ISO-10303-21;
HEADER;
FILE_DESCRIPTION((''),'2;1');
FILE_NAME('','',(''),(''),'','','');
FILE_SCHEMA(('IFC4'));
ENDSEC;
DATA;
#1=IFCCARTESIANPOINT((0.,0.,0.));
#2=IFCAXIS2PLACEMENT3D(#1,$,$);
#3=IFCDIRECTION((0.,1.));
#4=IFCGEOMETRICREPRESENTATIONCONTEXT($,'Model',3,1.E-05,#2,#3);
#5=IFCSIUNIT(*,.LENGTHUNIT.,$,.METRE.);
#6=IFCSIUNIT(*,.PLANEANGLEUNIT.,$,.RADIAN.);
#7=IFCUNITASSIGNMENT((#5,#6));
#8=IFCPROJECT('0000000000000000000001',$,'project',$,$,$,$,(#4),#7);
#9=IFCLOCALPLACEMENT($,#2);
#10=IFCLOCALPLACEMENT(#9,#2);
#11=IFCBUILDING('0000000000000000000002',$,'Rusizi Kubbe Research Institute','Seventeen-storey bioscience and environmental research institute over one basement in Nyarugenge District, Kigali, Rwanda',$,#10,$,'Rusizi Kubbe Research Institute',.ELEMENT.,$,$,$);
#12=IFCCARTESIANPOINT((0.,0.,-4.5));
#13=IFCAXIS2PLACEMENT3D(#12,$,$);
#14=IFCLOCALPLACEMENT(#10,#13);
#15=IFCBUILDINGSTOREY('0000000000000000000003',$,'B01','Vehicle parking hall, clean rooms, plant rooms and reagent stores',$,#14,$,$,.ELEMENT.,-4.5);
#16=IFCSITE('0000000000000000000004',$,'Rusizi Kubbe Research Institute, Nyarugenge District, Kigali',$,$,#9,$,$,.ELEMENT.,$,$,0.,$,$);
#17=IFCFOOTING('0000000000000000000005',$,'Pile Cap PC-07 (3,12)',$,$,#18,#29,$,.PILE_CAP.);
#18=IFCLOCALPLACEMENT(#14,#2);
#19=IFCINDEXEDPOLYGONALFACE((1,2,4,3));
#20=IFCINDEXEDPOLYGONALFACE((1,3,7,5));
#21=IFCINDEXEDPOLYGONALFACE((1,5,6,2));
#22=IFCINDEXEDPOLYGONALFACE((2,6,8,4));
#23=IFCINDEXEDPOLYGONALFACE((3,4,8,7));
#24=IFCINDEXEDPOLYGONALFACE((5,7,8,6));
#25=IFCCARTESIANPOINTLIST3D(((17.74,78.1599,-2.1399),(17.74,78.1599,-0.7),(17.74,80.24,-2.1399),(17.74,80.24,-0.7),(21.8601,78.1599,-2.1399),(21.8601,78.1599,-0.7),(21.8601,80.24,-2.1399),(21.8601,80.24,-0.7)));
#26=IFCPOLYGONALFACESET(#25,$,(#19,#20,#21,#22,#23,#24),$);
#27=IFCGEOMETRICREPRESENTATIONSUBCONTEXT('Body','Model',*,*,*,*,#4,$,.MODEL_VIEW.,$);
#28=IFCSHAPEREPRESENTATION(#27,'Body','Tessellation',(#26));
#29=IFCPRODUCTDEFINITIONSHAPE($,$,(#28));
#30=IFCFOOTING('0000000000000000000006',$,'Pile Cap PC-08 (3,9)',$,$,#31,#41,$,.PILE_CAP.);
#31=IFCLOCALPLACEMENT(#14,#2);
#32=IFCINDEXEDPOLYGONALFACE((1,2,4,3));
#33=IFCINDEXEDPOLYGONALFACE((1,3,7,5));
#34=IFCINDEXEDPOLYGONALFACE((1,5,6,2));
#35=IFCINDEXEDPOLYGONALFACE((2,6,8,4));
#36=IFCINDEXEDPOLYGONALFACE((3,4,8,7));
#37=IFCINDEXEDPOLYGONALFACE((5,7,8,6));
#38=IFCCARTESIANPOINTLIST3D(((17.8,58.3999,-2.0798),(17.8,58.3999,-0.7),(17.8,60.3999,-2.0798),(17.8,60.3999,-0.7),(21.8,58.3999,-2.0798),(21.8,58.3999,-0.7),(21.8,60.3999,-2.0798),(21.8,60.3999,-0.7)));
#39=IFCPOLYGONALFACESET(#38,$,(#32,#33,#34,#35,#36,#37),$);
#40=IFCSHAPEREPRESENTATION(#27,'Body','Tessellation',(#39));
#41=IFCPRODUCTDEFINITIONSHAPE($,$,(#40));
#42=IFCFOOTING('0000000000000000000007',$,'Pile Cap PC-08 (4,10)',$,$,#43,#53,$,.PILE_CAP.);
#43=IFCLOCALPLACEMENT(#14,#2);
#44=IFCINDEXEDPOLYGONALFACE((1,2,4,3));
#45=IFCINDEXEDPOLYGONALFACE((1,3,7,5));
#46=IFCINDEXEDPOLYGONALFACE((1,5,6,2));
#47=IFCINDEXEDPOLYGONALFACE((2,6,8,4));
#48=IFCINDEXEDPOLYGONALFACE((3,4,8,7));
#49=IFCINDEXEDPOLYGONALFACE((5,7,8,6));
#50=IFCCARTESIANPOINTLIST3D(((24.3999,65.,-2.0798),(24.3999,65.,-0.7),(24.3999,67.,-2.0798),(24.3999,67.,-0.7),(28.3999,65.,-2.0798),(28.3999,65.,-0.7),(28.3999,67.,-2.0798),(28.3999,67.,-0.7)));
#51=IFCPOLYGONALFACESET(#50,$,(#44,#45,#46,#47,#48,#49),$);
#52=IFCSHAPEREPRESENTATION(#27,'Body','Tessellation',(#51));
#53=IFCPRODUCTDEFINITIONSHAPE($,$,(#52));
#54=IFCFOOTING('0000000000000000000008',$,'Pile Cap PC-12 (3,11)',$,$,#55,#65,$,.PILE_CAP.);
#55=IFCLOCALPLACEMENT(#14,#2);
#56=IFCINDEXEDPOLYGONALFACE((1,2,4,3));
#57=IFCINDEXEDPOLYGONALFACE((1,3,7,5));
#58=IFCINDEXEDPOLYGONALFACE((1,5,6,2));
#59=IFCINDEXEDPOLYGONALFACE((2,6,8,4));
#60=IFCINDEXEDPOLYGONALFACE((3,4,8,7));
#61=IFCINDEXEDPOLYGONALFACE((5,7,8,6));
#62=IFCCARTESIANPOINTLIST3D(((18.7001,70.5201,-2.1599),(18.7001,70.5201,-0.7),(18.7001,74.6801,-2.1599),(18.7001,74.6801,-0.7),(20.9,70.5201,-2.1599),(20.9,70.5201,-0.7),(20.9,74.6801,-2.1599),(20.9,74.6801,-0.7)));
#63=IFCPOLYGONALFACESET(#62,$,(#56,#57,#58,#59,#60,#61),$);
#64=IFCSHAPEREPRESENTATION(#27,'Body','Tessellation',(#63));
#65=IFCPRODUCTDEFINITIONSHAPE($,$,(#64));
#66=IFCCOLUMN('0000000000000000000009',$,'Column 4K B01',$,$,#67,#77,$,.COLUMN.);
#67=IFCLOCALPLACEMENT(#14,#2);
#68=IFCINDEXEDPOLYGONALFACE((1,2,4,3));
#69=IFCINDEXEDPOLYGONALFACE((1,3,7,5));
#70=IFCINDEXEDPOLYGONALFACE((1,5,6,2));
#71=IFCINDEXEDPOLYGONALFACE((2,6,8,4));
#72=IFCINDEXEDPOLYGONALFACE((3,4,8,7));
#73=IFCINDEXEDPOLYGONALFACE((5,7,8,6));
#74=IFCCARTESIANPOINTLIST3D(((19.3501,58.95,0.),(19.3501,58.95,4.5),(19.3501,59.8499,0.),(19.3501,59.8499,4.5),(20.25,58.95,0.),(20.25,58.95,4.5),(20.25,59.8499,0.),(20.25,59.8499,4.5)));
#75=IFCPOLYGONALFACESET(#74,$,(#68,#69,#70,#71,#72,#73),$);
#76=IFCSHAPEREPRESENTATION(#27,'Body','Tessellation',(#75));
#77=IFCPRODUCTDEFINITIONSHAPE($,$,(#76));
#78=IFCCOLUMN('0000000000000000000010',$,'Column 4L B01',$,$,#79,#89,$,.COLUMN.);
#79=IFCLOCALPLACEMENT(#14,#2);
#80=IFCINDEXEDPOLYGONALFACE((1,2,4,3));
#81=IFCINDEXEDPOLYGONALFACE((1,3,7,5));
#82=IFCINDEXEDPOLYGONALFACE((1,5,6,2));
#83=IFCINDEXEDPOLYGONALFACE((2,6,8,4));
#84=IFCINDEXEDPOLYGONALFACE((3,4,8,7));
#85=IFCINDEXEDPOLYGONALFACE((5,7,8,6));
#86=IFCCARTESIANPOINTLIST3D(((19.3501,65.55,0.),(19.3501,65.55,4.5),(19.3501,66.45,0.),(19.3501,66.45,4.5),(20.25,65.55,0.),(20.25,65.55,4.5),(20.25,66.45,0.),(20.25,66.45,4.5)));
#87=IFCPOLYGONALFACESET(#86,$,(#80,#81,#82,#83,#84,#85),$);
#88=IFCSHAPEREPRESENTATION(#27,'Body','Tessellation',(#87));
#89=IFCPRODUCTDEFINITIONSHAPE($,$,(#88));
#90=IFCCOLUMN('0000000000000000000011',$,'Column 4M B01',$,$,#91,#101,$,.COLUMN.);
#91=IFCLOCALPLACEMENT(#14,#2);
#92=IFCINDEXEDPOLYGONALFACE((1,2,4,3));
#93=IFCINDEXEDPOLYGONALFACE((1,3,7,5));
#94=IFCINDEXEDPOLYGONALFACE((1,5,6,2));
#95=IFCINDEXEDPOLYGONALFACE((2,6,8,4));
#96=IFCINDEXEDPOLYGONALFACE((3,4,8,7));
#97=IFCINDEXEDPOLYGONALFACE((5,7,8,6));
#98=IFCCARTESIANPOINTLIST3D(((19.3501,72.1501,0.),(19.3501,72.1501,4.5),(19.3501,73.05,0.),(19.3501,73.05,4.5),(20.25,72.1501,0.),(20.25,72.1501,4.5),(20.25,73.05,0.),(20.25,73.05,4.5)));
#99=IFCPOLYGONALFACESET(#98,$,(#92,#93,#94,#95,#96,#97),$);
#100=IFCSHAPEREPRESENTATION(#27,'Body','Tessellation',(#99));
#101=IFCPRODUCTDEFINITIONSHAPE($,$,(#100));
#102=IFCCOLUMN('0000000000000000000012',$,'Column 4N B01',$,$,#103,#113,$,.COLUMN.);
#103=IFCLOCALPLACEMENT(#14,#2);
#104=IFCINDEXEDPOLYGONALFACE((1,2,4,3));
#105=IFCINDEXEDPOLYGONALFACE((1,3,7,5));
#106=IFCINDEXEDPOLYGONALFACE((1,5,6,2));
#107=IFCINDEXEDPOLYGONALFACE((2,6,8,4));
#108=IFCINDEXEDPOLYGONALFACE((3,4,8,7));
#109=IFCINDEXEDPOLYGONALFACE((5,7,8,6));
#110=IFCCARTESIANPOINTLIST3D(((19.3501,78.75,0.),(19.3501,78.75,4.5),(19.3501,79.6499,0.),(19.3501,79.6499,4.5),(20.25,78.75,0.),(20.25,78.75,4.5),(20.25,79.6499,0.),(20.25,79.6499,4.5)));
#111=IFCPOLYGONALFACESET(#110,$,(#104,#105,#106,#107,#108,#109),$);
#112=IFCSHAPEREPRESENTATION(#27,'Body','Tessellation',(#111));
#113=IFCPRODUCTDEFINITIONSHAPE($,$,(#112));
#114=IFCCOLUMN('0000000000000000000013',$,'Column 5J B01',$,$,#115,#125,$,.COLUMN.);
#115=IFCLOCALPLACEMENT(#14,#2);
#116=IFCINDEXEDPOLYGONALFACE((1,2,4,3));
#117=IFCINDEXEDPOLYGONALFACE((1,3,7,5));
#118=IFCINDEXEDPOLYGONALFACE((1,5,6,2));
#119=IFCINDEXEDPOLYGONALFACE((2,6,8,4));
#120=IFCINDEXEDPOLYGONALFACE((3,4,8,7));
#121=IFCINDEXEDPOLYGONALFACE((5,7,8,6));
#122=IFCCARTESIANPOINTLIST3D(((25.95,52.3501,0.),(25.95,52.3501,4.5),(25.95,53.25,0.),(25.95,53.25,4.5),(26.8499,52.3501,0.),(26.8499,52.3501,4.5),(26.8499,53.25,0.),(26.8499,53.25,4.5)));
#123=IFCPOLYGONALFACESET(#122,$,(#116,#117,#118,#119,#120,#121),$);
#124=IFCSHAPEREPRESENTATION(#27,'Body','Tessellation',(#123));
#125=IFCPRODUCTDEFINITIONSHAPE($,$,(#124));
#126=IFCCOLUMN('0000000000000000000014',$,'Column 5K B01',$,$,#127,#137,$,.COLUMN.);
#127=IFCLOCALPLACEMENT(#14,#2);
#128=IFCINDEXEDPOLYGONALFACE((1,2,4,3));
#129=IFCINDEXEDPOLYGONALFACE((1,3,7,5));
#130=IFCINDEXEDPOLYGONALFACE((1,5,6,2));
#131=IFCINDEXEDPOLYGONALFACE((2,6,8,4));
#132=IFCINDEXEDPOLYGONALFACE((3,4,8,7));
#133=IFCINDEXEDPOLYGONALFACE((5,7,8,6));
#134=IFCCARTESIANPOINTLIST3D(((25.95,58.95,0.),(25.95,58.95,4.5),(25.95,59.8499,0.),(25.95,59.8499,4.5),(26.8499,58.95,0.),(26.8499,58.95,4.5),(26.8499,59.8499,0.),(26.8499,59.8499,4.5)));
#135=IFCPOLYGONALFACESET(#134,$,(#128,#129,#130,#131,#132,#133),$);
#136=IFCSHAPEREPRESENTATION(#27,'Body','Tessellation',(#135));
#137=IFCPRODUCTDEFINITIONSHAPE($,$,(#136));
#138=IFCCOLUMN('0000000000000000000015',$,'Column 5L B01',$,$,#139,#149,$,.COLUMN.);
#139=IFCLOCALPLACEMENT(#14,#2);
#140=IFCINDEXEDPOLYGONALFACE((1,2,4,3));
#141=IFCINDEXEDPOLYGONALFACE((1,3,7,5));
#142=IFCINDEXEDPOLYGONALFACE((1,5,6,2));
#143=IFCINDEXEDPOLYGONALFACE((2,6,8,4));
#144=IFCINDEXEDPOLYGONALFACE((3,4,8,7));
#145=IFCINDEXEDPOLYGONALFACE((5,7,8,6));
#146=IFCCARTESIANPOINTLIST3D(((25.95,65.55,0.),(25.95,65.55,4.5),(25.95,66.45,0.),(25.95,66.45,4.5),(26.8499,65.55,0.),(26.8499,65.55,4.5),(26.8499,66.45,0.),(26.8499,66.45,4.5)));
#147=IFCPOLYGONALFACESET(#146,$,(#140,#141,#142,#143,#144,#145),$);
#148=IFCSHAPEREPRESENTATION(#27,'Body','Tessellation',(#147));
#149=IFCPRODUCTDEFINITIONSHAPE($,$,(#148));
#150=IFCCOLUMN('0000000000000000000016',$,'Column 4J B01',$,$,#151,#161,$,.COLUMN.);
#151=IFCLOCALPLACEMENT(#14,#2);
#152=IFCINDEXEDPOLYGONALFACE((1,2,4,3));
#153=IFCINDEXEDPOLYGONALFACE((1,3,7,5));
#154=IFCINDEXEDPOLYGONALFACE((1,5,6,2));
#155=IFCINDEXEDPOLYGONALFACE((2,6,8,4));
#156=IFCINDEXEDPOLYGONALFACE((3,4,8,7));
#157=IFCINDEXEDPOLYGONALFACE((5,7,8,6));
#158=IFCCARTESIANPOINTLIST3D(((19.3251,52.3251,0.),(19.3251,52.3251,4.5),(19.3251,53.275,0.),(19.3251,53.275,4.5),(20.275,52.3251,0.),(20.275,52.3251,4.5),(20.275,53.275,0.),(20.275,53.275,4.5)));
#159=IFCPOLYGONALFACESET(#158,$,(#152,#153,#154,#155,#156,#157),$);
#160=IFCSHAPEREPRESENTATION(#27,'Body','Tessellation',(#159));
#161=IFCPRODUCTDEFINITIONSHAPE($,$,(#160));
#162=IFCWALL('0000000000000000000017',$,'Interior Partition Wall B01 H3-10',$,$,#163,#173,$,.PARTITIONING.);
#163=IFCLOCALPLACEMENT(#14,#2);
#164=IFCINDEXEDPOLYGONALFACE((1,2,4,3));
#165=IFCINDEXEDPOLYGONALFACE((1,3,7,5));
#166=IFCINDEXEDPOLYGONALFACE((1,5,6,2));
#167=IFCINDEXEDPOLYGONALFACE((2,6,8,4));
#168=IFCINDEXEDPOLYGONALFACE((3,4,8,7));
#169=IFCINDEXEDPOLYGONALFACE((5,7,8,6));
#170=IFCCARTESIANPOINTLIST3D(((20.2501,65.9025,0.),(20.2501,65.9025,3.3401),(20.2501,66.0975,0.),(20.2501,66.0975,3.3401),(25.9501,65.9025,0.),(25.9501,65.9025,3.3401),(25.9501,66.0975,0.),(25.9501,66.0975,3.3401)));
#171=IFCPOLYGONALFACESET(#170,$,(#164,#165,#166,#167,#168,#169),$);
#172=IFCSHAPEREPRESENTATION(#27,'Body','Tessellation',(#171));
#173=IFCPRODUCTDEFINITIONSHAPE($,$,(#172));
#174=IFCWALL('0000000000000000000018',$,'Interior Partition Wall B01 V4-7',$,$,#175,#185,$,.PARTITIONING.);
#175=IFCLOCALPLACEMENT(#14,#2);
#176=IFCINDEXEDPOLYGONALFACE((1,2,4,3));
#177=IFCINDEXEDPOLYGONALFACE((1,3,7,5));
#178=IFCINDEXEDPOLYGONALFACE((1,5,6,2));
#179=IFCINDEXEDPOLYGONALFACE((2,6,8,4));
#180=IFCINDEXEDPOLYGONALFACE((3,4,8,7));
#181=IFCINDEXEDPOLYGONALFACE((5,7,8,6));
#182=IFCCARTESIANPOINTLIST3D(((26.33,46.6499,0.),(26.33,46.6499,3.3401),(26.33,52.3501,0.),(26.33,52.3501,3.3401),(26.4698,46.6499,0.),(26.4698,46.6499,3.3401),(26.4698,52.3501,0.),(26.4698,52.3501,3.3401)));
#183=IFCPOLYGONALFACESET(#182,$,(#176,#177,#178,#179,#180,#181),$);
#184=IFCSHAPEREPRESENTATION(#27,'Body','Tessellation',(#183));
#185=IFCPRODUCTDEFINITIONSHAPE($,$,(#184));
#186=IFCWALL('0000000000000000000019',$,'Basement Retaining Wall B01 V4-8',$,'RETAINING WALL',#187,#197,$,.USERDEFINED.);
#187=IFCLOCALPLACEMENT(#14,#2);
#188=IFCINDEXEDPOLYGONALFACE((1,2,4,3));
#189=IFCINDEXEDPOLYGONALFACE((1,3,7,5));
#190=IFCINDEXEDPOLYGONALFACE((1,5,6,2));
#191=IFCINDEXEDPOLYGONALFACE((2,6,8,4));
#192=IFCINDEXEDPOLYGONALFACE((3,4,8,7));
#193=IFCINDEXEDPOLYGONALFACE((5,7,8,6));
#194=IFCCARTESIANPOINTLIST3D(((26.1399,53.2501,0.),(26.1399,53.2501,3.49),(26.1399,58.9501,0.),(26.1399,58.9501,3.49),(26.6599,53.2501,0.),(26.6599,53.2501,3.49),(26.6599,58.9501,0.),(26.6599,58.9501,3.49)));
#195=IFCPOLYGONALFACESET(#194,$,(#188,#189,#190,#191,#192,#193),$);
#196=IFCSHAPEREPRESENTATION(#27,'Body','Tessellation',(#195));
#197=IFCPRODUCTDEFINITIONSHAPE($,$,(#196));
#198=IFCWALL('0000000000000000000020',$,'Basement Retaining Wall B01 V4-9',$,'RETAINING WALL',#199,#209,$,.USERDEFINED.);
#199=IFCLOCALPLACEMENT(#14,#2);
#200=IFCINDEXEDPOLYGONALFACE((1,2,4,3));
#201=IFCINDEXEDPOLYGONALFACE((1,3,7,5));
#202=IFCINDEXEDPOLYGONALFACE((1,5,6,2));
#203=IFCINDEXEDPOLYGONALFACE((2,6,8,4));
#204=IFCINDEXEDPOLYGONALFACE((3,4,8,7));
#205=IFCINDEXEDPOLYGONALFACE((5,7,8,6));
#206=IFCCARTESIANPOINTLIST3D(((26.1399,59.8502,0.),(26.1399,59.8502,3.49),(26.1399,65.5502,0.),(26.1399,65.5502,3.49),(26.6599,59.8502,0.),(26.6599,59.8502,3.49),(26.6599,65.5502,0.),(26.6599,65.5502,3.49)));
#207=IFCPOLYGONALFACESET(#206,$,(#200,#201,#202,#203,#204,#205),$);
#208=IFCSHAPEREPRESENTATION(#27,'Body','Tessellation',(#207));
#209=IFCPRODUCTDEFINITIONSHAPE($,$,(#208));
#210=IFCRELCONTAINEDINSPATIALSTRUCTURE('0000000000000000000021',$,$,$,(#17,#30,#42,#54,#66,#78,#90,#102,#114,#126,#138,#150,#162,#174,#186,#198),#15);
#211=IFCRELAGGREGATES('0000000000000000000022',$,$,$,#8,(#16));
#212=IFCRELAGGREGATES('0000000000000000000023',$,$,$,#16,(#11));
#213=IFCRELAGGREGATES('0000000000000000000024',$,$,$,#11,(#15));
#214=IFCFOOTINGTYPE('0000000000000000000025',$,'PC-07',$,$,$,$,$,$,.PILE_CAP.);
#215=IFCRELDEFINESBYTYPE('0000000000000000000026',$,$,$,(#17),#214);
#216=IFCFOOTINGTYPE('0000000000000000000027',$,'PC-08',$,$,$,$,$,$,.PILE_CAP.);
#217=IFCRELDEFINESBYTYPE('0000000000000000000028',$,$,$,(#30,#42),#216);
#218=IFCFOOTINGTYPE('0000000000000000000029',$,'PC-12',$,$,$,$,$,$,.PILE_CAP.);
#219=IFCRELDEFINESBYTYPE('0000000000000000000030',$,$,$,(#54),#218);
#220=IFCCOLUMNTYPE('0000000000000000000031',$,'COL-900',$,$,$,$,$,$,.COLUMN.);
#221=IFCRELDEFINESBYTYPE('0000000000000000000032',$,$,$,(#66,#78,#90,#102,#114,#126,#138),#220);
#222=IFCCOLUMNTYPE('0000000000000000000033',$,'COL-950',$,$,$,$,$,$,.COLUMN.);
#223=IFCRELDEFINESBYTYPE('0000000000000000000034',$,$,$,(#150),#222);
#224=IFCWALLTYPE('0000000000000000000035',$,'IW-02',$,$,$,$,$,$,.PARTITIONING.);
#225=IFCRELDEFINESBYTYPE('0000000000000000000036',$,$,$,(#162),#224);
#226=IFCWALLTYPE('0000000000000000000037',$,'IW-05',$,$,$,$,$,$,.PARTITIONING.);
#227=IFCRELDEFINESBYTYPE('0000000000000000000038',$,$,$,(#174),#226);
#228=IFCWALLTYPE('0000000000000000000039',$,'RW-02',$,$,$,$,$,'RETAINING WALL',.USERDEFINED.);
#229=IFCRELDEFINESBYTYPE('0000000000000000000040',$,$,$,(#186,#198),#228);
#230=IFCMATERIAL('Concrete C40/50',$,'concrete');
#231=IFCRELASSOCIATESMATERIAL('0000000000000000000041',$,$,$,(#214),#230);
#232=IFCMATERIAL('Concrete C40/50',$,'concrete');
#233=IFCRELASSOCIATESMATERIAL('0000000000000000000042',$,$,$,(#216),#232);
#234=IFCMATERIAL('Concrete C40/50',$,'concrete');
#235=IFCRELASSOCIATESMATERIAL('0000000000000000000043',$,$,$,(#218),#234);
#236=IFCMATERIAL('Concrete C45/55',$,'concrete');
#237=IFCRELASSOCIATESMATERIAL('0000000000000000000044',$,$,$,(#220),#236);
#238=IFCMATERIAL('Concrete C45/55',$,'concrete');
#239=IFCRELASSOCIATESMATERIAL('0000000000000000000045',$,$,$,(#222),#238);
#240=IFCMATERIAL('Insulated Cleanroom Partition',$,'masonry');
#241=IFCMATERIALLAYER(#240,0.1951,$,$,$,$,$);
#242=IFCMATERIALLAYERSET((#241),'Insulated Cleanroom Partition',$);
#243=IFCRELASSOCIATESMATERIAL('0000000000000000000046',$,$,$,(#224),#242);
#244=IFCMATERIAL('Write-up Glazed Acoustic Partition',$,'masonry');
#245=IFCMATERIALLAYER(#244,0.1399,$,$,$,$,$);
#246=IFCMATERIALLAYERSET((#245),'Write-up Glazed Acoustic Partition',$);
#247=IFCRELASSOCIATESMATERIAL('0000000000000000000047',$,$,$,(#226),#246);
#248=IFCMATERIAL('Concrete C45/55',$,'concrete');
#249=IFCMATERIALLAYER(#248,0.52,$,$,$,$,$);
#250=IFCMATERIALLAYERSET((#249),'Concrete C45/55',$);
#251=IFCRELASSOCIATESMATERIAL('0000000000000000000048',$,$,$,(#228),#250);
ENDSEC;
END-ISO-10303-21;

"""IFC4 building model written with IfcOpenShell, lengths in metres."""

from ifc_helpers import new_model, si_unit, direction, frame, frame_2d, origin, origin_2d, place, context, subcontext, project, spatial, rectangle, extrude, material, layer, layer_set, material_profile, profile_set, type_object, element, save


model = new_model("IFC4")

# Units and contexts
model_context = context("Model", 3, precision=1e-05, world=origin(), true_north=direction((0.0, 1.0)))
body_context = subcontext(model_context, "Body", "Model", "MODEL_VIEW")
ifc_project = project(units=[si_unit("LENGTHUNIT", "METRE"), si_unit("PLANEANGLEUNIT", "RADIAN")], contexts=[model_context])

# Site, building, storey
site_placement = place(None, origin())
site = spatial("IfcSite", under=ifc_project, at=site_placement, Name="Rusizi Kubbe Research Institute, Nyarugenge District, Kigali", CompositionType="ELEMENT", RefElevation=0.0)
building_placement = place(site_placement, origin())
building = spatial("IfcBuilding", under=site, at=building_placement, Name="Rusizi Kubbe Research Institute", Description="Seventeen-storey bioscience and environmental research institute over one basement in Nyarugenge District, Kigali, Rwanda", LongName="Rusizi Kubbe Research Institute", CompositionType="ELEMENT")
storey_placement = place(building_placement, frame((0.0, 0.0, -4.5)))
storey = spatial("IfcBuildingStorey", under=building, at=storey_placement, Name="B01", Description="Vehicle parking hall, clean rooms, plant rooms and reagent stores", CompositionType="ELEMENT", Elevation=-4.5)

# Footings
ifc_material_1 = material(Name="Concrete C40/50", Category="concrete")
footing_type_1 = type_object("IfcFootingType", Name="PC-07", PredefinedType="PILE_CAP", material=ifc_material_1)
footing_1_placement = place(storey_placement, frame((19.8, 79.2, -2.1399), z_axis=(0.0, 0.0, 1.0), x_axis=(1.0, 0.0, 0.0)))
element("IfcFooting", 1, at=footing_1_placement, inside=storey, type_object=footing_type_1, Name="Pile Cap PC-07 (3,12)", PredefinedType="PILE_CAP", context=body_context, shape_type="SweptSolid", body=[
    extrude(rectangle(XDim=4.1201, YDim=2.0801, at=origin_2d()), origin(), (0.0, 0.0, 1.0), 1.4399),
])
ifc_material_2 = material(Name="Concrete C40/50", Category="concrete")
footing_type_2 = type_object("IfcFootingType", Name="PC-08", PredefinedType="PILE_CAP", material=ifc_material_2)
for number, where, z_axis, x_axis, name in (
    (2, (19.8, 59.3999, -2.0798), (0.0, 0.0, 1.0), (1.0, 0.0, 0.0), "Pile Cap PC-08 (3,9)"),
    (3, (26.3999, 66.0, -2.0798), (0.0, 0.0, 1.0), (1.0, 0.0, 0.0), "Pile Cap PC-08 (4,10)"),
):
    element("IfcFooting", number, at=place(storey_placement, frame(where, z_axis=z_axis, x_axis=x_axis)), inside=storey, type_object=footing_type_2, Name=name, PredefinedType="PILE_CAP", context=body_context, shape_type="SweptSolid", body=[
        extrude(rectangle(XDim=4.0, YDim=2.0, at=origin_2d()), origin(), (0.0, 0.0, 1.0), 1.3799),
    ])
ifc_material_3 = material(Name="Concrete C40/50", Category="concrete")
footing_type_3 = type_object("IfcFootingType", Name="PC-12", PredefinedType="PILE_CAP", material=ifc_material_3)
footing_2_placement = place(storey_placement, frame((19.8, 72.6001, -2.1599), z_axis=(0.0, 0.0, 1.0), x_axis=(1.0, 0.0, 0.0)))
element("IfcFooting", 4, at=footing_2_placement, inside=storey, type_object=footing_type_3, Name="Pile Cap PC-12 (3,11)", PredefinedType="PILE_CAP", context=body_context, shape_type="SweptSolid", body=[
    extrude(rectangle(XDim=2.2, YDim=4.1599, at=origin_2d()), origin(), (0.0, 0.0, 1.0), 1.46),
])

# Columns
ifc_material_4 = material(Name="Concrete C45/55", Category="concrete")
ifc_material_profile_1 = material_profile(ifc_material_4, rectangle(XDim=0.8999, YDim=0.8999, at=origin_2d()), Name="RC900x900")
ifc_profile_set_1 = profile_set([ifc_material_profile_1], Name="Concrete C45/55")
column_type_1 = type_object("IfcColumnType", Name="COL-900", PredefinedType="COLUMN", material=ifc_profile_set_1)
for number, where, z_axis, x_axis, name in (
    (5, (19.8, 59.3999, 0.0), (0.0, 0.0, 1.0), (1.0, 0.0, 0.0), "Column 4K B01"),
    (6, (19.8, 66.0, 0.0), (0.0, 0.0, 1.0), (1.0, 0.0, 0.0), "Column 4L B01"),
    (7, (19.8, 72.6001, 0.0), (0.0, 0.0, 1.0), (1.0, 0.0, 0.0), "Column 4M B01"),
    (8, (19.8, 79.2, 0.0), (0.0, 0.0, 1.0), (1.0, 0.0, 0.0), "Column 4N B01"),
    (9, (26.3999, 52.8, 0.0), (0.0, 0.0, 1.0), (1.0, 0.0, 0.0), "Column 5J B01"),
    (10, (26.3999, 59.3999, 0.0), (0.0, 0.0, 1.0), (1.0, 0.0, 0.0), "Column 5K B01"),
    (11, (26.3999, 66.0, 0.0), (0.0, 0.0, 1.0), (1.0, 0.0, 0.0), "Column 5L B01"),
):
    element("IfcColumn", number, at=place(storey_placement, frame(where, z_axis=z_axis, x_axis=x_axis)), inside=storey, type_object=column_type_1, Name=name, PredefinedType="COLUMN", context=body_context, shape_type="SweptSolid", body=[
        extrude(rectangle(XDim=0.8999, YDim=0.8999, at=origin_2d()), origin(), (0.0, 0.0, 1.0), 4.5),
    ])
ifc_material_5 = material(Name="Concrete C45/55", Category="concrete")
ifc_material_profile_2 = material_profile(ifc_material_5, rectangle(XDim=0.95, YDim=0.95, at=origin_2d()), Name="RC950x950")
ifc_profile_set_2 = profile_set([ifc_material_profile_2], Name="Concrete C45/55")
column_type_2 = type_object("IfcColumnType", Name="COL-950", PredefinedType="COLUMN", material=ifc_profile_set_2)
column_placement = place(storey_placement, frame((19.8, 52.8, 0.0), z_axis=(0.0, 0.0, 1.0), x_axis=(1.0, 0.0, 0.0)))
element("IfcColumn", 12, at=column_placement, inside=storey, type_object=column_type_2, Name="Column 4J B01", PredefinedType="COLUMN", context=body_context, shape_type="SweptSolid", body=[
    extrude(rectangle(XDim=0.95, YDim=0.95, at=origin_2d()), origin(), (0.0, 0.0, 1.0), 4.5),
])

# Walls
ifc_material_6 = material(Name="Insulated Cleanroom Partition", Category="masonry")
ifc_layer_1 = layer(ifc_material_6, 0.1951)
ifc_layer_set_1 = layer_set([ifc_layer_1], Name="Insulated Cleanroom Partition")
wall_type_1 = type_object("IfcWallType", Name="IW-02", PredefinedType="PARTITIONING", material=ifc_layer_set_1)
wall_1_placement = place(storey_placement, frame((20.25, 66.0, 0.0), z_axis=(0.0, 0.0, 1.0), x_axis=(1.0, 0.0, 0.0)))
element("IfcWall", 13, at=wall_1_placement, inside=storey, type_object=wall_type_1, Name="Interior Partition Wall B01 H3-10", PredefinedType="PARTITIONING", context=body_context, shape_type="SweptSolid", body=[
    extrude(rectangle(XDim=5.7, YDim=0.1951, at=frame_2d((2.8501, 0.0))), origin(), (0.0, 0.0, 1.0), 3.3401),
])
ifc_material_7 = material(Name="Write-up Glazed Acoustic Partition", Category="masonry")
ifc_layer_2 = layer(ifc_material_7, 0.1399)
ifc_layer_set_2 = layer_set([ifc_layer_2], Name="Write-up Glazed Acoustic Partition")
wall_type_2 = type_object("IfcWallType", Name="IW-05", PredefinedType="PARTITIONING", material=ifc_layer_set_2)
wall_2_placement = place(storey_placement, frame((26.3999, 46.6499, 0.0), z_axis=(0.0, 0.0, 1.0), x_axis=(0.0, 1.0, 0.0)))
element("IfcWall", 14, at=wall_2_placement, inside=storey, type_object=wall_type_2, Name="Interior Partition Wall B01 V4-7", PredefinedType="PARTITIONING", context=body_context, shape_type="SweptSolid", body=[
    extrude(rectangle(XDim=5.7002, YDim=0.1399, at=frame_2d((2.8501, 0.0))), origin(), (0.0, 0.0, 1.0), 3.3401),
])
ifc_material_8 = material(Name="Concrete C45/55", Category="concrete")
ifc_layer_3 = layer(ifc_material_8, 0.52)
ifc_layer_set_3 = layer_set([ifc_layer_3], Name="Concrete C45/55")
wall_type_3 = type_object("IfcWallType", Name="RW-02", ElementType="RETAINING WALL", PredefinedType="USERDEFINED", material=ifc_layer_set_3)
for number, where, z_axis, x_axis, name in (
    (15, (26.3999, 53.25, 0.0), (0.0, 0.0, 1.0), (0.0, 1.0, 0.0), "Basement Retaining Wall B01 V4-8"),
    (16, (26.3999, 59.8501, 0.0), (0.0, 0.0, 1.0), (0.0, 1.0, 0.0), "Basement Retaining Wall B01 V4-9"),
):
    element("IfcWall", number, at=place(storey_placement, frame(where, z_axis=z_axis, x_axis=x_axis)), inside=storey, type_object=wall_type_3, Name=name, ObjectType="RETAINING WALL", PredefinedType="USERDEFINED", context=body_context, shape_type="SweptSolid", body=[
        extrude(rectangle(XDim=5.7, YDim=0.52, at=frame_2d((2.8501, 0.0))), origin(), (0.0, 0.0, 1.0), 3.49),
    ])

save(model, "model.ifc")
